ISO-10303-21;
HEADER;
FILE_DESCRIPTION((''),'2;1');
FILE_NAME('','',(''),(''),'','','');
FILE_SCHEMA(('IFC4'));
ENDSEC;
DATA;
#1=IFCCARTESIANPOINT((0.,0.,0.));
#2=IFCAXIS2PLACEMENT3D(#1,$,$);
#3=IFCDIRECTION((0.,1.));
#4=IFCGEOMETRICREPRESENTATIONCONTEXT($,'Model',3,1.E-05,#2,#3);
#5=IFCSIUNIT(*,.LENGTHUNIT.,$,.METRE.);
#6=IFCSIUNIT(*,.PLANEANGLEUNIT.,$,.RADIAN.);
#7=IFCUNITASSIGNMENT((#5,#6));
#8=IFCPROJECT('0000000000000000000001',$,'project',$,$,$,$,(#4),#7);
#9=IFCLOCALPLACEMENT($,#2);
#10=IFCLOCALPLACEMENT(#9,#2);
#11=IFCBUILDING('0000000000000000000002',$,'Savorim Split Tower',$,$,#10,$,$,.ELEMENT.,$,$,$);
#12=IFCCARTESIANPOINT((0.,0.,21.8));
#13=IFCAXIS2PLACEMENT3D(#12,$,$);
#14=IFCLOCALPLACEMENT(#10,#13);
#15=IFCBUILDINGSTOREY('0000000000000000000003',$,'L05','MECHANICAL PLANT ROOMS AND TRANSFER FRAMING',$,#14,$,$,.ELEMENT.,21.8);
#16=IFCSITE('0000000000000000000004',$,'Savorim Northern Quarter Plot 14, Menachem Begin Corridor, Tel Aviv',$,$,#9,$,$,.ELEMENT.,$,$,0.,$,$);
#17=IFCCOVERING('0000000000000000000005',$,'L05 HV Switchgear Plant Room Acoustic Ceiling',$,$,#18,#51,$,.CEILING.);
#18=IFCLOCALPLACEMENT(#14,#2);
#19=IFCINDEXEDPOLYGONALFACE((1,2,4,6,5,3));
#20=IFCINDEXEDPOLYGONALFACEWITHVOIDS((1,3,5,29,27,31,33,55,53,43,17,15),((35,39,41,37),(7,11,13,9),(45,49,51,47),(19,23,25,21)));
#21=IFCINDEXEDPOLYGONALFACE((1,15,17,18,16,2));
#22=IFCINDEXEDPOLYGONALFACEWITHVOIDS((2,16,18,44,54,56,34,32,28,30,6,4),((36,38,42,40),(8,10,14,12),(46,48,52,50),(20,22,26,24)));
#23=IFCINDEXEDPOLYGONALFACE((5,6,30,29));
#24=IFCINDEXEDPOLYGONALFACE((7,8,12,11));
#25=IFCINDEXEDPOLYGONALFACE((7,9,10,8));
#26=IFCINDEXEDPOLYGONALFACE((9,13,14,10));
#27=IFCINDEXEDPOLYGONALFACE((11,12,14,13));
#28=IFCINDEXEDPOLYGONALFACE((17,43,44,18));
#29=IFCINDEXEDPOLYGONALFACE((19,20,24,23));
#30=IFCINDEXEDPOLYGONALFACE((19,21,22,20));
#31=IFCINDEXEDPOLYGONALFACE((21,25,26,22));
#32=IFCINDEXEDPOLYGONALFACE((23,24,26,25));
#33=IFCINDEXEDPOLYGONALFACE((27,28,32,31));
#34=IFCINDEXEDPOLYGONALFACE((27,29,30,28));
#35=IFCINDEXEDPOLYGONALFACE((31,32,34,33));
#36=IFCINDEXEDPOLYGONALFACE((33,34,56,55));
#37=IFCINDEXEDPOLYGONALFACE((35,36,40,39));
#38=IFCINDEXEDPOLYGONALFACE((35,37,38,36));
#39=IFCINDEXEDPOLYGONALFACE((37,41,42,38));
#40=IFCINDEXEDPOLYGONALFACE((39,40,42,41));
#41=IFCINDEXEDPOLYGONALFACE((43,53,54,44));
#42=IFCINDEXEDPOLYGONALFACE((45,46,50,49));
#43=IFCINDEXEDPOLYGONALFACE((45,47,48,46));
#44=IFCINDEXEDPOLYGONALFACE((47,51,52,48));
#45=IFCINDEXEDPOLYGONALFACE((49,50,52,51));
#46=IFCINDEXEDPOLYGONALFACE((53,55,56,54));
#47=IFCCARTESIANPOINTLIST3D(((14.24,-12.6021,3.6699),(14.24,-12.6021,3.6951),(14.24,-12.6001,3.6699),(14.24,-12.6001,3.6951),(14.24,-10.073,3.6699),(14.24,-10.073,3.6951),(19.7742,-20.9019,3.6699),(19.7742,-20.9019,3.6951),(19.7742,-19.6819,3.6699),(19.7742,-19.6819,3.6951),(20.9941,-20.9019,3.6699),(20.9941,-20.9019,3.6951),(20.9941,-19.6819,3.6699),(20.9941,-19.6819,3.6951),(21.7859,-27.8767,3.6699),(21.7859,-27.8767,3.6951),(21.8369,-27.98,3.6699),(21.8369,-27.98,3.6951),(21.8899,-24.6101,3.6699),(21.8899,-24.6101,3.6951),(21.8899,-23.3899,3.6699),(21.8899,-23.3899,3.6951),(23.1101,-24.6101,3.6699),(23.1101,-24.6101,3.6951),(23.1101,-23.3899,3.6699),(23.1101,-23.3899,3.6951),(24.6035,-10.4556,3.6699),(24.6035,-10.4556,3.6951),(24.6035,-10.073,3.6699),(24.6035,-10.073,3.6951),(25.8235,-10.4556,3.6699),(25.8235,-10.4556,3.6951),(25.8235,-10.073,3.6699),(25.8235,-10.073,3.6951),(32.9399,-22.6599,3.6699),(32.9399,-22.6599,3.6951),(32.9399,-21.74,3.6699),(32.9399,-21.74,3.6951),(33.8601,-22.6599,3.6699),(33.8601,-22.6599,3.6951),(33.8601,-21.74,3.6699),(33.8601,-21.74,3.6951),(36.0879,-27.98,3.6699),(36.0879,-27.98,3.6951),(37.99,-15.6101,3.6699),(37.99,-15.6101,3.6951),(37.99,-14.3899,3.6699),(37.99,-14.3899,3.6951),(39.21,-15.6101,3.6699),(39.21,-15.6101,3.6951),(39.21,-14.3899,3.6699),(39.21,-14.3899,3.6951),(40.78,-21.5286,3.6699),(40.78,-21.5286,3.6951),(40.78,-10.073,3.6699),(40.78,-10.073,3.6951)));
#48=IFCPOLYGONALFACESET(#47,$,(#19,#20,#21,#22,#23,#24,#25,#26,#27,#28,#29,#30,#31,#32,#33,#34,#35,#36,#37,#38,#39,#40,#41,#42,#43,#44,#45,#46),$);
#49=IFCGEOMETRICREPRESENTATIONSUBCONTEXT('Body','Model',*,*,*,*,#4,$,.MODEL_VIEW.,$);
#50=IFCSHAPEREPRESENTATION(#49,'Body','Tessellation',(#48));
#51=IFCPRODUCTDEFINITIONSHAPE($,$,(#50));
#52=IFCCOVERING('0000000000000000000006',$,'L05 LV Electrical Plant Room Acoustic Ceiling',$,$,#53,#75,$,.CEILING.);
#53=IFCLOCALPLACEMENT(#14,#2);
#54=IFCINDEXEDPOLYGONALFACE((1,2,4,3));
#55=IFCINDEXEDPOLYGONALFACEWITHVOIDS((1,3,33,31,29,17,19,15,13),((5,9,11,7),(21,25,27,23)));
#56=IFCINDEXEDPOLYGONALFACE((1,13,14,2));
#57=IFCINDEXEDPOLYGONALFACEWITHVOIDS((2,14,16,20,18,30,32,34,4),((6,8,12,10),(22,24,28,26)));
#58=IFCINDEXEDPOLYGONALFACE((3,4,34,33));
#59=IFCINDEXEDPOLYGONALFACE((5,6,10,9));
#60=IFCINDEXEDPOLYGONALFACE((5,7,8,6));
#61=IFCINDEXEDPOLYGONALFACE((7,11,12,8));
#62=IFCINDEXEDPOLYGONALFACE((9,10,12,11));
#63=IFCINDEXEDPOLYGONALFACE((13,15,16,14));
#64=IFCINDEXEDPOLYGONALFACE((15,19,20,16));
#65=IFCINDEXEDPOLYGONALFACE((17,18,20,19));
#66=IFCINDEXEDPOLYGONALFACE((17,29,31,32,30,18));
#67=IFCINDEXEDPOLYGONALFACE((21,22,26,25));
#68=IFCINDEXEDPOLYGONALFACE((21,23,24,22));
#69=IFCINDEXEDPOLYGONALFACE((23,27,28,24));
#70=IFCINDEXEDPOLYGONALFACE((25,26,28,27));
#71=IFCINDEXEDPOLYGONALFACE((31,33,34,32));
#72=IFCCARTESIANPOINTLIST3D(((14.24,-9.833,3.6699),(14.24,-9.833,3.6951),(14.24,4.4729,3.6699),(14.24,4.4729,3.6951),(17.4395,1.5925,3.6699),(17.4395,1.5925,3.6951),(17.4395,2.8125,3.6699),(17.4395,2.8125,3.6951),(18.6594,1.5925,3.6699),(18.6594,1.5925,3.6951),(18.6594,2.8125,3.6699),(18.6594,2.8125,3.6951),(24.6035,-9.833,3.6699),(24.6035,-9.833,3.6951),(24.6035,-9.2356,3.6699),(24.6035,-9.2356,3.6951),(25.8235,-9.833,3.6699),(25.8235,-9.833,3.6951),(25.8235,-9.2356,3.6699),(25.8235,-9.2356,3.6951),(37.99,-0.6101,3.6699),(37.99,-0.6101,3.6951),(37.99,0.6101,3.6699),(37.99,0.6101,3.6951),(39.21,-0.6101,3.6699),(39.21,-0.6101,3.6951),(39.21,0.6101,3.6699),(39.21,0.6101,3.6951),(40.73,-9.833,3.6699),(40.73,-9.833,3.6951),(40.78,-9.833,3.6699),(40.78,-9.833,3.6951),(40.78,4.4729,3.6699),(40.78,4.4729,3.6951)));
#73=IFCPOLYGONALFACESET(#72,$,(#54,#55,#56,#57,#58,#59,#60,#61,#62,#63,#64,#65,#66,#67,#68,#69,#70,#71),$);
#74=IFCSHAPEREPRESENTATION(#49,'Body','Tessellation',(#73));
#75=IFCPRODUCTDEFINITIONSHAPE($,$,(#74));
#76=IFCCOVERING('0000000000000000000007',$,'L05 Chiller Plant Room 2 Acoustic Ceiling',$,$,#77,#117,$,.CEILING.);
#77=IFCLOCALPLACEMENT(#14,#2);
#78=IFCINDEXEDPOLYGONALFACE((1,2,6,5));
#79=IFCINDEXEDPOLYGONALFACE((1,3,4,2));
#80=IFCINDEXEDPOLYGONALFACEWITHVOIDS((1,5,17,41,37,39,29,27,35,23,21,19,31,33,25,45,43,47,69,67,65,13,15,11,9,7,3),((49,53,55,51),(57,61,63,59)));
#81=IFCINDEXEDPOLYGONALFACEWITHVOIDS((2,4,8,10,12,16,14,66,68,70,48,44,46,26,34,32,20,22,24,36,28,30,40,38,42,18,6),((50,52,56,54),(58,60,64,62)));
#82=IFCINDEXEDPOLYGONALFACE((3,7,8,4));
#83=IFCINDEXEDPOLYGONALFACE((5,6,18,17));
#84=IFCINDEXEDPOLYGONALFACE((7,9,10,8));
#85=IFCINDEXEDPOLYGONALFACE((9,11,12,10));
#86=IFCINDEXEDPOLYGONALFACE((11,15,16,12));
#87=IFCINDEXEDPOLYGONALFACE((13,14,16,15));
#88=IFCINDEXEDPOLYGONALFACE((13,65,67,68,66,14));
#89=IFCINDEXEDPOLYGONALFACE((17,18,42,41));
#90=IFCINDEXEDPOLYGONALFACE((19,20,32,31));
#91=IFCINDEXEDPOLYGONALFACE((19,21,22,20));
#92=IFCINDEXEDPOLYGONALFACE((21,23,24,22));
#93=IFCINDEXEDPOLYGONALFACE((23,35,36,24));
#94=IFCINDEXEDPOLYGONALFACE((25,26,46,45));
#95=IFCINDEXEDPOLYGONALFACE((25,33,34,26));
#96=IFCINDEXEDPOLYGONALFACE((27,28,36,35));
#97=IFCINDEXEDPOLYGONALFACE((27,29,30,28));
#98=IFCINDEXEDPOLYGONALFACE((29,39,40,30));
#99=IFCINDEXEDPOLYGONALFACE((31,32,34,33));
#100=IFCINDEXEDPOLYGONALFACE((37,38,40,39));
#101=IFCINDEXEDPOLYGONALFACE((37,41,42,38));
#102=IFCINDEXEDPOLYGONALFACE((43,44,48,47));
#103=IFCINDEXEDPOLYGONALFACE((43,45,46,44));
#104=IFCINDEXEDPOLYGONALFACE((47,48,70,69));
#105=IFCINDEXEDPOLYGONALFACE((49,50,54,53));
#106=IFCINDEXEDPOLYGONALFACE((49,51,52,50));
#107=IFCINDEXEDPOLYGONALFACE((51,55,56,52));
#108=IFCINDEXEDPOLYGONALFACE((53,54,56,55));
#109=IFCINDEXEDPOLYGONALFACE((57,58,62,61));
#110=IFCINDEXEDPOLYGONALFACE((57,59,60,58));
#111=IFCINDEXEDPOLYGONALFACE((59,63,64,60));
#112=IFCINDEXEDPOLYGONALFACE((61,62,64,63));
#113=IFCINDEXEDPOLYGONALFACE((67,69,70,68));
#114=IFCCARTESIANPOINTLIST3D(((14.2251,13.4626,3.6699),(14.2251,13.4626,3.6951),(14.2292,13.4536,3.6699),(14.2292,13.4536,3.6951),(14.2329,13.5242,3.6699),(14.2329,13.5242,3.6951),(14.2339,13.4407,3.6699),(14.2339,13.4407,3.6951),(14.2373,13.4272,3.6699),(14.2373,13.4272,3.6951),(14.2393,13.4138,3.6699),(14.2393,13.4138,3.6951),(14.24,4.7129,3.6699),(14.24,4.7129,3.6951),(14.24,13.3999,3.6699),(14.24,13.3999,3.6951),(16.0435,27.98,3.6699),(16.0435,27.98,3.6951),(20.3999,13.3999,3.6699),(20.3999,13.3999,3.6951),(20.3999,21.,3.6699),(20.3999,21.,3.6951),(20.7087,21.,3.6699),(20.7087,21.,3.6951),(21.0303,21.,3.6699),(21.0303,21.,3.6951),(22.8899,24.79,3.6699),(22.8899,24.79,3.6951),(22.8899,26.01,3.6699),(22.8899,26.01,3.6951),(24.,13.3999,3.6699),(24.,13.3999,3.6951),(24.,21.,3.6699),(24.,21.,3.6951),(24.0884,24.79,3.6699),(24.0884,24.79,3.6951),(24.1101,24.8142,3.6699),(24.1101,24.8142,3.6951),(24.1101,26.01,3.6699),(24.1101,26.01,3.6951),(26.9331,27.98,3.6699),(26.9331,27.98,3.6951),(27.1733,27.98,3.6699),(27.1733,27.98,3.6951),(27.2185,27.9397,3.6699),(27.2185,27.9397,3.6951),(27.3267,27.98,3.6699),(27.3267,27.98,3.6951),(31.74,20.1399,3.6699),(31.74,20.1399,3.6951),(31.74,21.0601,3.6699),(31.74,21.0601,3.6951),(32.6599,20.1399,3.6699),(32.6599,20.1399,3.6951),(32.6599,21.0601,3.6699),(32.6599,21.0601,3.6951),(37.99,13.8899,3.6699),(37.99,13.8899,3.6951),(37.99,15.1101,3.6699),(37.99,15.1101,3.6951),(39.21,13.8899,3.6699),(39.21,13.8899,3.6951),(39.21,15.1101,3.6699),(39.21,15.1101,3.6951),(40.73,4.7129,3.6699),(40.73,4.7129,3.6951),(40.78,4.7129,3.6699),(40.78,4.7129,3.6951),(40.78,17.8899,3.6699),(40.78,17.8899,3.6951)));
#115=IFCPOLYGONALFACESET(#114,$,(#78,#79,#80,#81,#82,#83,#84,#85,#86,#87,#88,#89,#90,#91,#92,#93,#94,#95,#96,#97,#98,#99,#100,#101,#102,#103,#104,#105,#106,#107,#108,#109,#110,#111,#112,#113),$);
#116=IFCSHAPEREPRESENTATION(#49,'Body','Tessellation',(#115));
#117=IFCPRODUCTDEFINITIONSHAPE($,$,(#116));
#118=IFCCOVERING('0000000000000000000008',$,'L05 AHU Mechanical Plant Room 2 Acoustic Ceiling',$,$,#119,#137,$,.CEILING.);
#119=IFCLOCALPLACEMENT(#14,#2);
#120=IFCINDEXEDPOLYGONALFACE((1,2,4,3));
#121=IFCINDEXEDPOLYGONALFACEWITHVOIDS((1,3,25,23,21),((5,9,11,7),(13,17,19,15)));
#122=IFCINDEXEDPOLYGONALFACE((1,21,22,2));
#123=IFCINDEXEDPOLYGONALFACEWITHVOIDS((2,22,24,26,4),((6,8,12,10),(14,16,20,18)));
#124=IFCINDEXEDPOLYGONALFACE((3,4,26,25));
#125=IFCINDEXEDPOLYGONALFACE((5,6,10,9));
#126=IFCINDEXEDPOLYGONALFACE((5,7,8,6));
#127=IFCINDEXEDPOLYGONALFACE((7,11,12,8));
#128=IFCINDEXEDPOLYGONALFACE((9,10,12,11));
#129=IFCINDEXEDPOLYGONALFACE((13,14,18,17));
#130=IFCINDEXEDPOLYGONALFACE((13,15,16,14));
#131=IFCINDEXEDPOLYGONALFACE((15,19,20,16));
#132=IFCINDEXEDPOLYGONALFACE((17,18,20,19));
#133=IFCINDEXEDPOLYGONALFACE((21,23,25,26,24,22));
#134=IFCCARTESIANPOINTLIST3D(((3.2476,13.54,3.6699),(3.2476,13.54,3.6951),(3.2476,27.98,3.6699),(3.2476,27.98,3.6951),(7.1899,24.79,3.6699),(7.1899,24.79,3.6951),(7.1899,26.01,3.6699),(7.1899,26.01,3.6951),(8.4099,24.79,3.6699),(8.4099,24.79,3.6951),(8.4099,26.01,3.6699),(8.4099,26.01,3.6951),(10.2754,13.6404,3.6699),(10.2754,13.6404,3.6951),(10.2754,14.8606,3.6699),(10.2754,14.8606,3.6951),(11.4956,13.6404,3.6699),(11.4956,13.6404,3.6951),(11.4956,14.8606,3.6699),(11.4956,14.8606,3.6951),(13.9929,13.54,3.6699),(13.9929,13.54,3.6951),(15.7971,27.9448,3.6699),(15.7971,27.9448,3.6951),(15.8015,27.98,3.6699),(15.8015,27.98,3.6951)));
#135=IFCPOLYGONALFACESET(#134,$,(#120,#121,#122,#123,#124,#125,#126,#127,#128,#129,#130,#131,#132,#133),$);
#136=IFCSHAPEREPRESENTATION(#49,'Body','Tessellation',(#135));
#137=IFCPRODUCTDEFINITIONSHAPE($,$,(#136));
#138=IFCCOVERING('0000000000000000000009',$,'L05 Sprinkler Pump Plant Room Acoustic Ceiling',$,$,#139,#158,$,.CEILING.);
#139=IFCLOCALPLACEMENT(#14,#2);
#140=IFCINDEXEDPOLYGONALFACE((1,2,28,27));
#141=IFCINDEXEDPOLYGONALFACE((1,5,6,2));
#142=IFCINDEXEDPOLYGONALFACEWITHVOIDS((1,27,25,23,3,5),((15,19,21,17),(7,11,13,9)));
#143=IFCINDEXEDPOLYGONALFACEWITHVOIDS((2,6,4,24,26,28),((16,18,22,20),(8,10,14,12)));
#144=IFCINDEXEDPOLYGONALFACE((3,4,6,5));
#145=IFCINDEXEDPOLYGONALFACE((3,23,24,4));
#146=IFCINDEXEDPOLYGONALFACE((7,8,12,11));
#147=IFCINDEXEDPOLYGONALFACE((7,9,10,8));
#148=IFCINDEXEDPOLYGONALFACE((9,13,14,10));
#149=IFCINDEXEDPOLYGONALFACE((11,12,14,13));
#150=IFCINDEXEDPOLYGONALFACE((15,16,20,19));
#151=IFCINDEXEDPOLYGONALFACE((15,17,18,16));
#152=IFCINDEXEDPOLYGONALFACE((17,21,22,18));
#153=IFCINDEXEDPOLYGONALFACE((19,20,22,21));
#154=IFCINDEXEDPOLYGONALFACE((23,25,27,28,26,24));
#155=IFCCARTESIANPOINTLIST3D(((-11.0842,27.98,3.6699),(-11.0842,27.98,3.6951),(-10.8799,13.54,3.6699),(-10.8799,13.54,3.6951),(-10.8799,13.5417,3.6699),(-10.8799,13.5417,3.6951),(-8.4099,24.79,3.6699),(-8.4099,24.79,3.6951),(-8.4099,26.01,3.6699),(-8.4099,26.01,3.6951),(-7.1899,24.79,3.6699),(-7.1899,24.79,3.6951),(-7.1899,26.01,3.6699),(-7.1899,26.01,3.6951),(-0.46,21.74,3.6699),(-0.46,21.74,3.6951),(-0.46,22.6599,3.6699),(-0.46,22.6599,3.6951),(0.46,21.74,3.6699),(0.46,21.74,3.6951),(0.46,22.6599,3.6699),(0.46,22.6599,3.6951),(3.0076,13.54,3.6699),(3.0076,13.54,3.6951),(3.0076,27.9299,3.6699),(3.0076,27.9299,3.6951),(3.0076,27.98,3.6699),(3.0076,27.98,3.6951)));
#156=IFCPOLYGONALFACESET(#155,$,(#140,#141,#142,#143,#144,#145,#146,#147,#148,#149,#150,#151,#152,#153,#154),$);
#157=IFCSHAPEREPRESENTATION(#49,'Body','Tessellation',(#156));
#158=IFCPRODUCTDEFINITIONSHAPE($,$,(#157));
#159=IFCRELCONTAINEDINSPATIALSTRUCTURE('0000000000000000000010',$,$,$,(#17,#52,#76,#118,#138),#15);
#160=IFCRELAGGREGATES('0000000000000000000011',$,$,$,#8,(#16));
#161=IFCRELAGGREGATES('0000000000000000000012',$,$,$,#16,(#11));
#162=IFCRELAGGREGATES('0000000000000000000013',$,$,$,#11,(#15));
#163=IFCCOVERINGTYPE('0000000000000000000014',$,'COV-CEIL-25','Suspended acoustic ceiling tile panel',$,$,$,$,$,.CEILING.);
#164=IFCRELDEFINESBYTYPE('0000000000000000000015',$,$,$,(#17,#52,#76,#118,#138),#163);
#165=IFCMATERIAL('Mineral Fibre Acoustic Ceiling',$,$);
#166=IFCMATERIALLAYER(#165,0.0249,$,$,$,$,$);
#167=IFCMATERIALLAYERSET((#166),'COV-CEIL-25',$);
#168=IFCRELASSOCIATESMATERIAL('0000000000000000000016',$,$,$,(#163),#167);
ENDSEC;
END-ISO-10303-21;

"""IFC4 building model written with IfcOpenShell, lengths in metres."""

from ifc_helpers import new_model, si_unit, direction, frame, origin, place, context, subcontext, project, spatial, polyline, outline, extrude, material, layer, layer_set, type_object, element, save


model = new_model("IFC4")

# Units and contexts
model_context = context("Model", 3, precision=1e-05, world=origin(), true_north=direction((0.0, 1.0)))
body_context = subcontext(model_context, "Body", "Model", "MODEL_VIEW")
ifc_project = project(units=[si_unit("LENGTHUNIT", "METRE"), si_unit("PLANEANGLEUNIT", "RADIAN")], contexts=[model_context])

# Site, building, storey
site_placement = place(None, origin())
site = spatial("IfcSite", under=ifc_project, at=site_placement, Name="Savorim Northern Quarter Plot 14, Menachem Begin Corridor, Tel Aviv", CompositionType="ELEMENT", RefElevation=0.0)
building_placement = place(site_placement, origin())
building = spatial("IfcBuilding", under=site, at=building_placement, Name="Savorim Split Tower", CompositionType="ELEMENT")
storey_placement = place(building_placement, frame((0.0, 0.0, 21.8)))
storey = spatial("IfcBuildingStorey", under=building, at=storey_placement, Name="L05", Description="MECHANICAL PLANT ROOMS AND TRANSFER FRAMING", CompositionType="ELEMENT", Elevation=21.8)

# Coverings
ifc_material_1 = material(Name="Mineral Fibre Acoustic Ceiling")
ifc_layer_1 = layer(ifc_material_1, 0.0249)
ifc_layer_set_1 = layer_set([ifc_layer_1], Name="COV-CEIL-25")
covering_type_1 = type_object("IfcCoveringType", Name="COV-CEIL-25", Description="Suspended acoustic ceiling tile panel", PredefinedType="CEILING", material=ifc_layer_set_1)
covering_1_placement = place(storey_placement, frame((0.0, 0.0, 3.6699)))
element("IfcCovering", 1, at=covering_1_placement, inside=storey, type_object=covering_type_1, Name="L05 HV Switchgear Plant Room Acoustic Ceiling", PredefinedType="CEILING", context=body_context, shape_type="SweptSolid", body=[
    extrude(outline(polyline([(21.8369, -27.98), (36.0879, -27.98), (40.78, -21.5286), (40.78, -10.073), (25.8235, -10.073), (25.8235, -10.4556), (24.6035, -10.4556), (24.6035, -10.073), (14.24, -10.073), (14.24, -12.6001), (14.24, -12.6021), (21.7859, -27.8767), (21.8369, -27.98)]), holes=[polyline([(37.99, -14.3899), (37.99, -15.6101), (39.21, -15.6101), (39.21, -14.3899), (37.99, -14.3899)]), polyline([(21.8899, -24.6101), (23.1101, -24.6101), (23.1101, -23.3899), (21.8899, -23.3899), (21.8899, -24.6101)]), polyline([(19.7742, -20.9019), (20.9941, -20.9019), (20.9941, -19.6819), (19.7742, -19.6819), (19.7742, -20.9019)]), polyline([(32.9399, -21.74), (32.9399, -22.6599), (33.8601, -22.6599), (33.8601, -21.74), (32.9399, -21.74)])]), origin(), (0.0, 0.0, 1.0), 0.0251),
])
covering_2_placement = place(storey_placement, frame((0.0, 0.0, 3.6699)))
element("IfcCovering", 2, at=covering_2_placement, inside=storey, type_object=covering_type_1, Name="L05 LV Electrical Plant Room Acoustic Ceiling", PredefinedType="CEILING", context=body_context, shape_type="SweptSolid", body=[
    extrude(outline(polyline([(25.8235, -9.833), (40.73, -9.833), (40.78, -9.833), (40.78, 4.4729), (14.24, 4.4729), (14.24, -9.833), (24.6035, -9.833), (24.6035, -9.2356), (25.8235, -9.2356), (25.8235, -9.833)]), holes=[polyline([(37.99, 0.6101), (37.99, -0.6101), (39.21, -0.6101), (39.21, 0.6101), (37.99, 0.6101)]), polyline([(18.6594, 2.8125), (17.4395, 2.8125), (17.4395, 1.5925), (18.6594, 1.5925), (18.6594, 2.8125)])]), origin(), (0.0, 0.0, 1.0), 0.0251),
])
covering_3_placement = place(storey_placement, frame((0.0, 0.0, 3.6699)))
element("IfcCovering", 3, at=covering_3_placement, inside=storey, type_object=covering_type_1, Name="L05 Chiller Plant Room 2 Acoustic Ceiling", PredefinedType="CEILING", context=body_context, shape_type="SweptSolid", body=[
    extrude(outline(polyline([(24.1101, 26.01), (24.1101, 24.8142), (26.9331, 27.98), (16.0435, 27.98), (14.2329, 13.5242), (14.2251, 13.4626), (14.2292, 13.4536), (14.2339, 13.4407), (14.2373, 13.4272), (14.2393, 13.4138), (14.24, 13.3999), (14.24, 4.7129), (40.73, 4.7129), (40.78, 4.7129), (40.78, 17.8899), (27.3267, 27.98), (27.1733, 27.98), (27.2185, 27.9397), (21.0303, 21.0), (24.0, 21.0), (24.0, 13.3999), (20.3999, 13.3999), (20.3999, 21.0), (20.7087, 21.0), (24.0884, 24.79), (22.8899, 24.79), (22.8899, 26.01), (24.1101, 26.01)]), holes=[polyline([(37.99, 13.8899), (39.21, 13.8899), (39.21, 15.1101), (37.99, 15.1101), (37.99, 13.8899)]), polyline([(31.74, 20.1399), (32.6599, 20.1399), (32.6599, 21.0601), (31.74, 21.0601), (31.74, 20.1399)])]), origin(), (0.0, 0.0, 1.0), 0.0251),
])
covering_4_placement = place(storey_placement, frame((0.0, 0.0, 3.6699)))
element("IfcCovering", 4, at=covering_4_placement, inside=storey, type_object=covering_type_1, Name="L05 AHU Mechanical Plant Room 2 Acoustic Ceiling", PredefinedType="CEILING", context=body_context, shape_type="SweptSolid", body=[
    extrude(outline(polyline([(13.9929, 13.54), (15.7971, 27.9448), (15.8015, 27.98), (3.2476, 27.98), (3.2476, 13.54), (13.9929, 13.54)]), holes=[polyline([(7.1899, 24.79), (8.4099, 24.79), (8.4099, 26.01), (7.1899, 26.01), (7.1899, 24.79)]), polyline([(10.2754, 14.8606), (10.2754, 13.6404), (11.4956, 13.6404), (11.4956, 14.8606), (10.2754, 14.8606)])]), origin(), (0.0, 0.0, 1.0), 0.0251),
])
covering_5_placement = place(storey_placement, frame((0.0, 0.0, 3.6699)))
element("IfcCovering", 5, at=covering_5_placement, inside=storey, type_object=covering_type_1, Name="L05 Sprinkler Pump Plant Room Acoustic Ceiling", PredefinedType="CEILING", context=body_context, shape_type="SweptSolid", body=[
    extrude(outline(polyline([(3.0076, 13.54), (3.0076, 27.9299), (3.0076, 27.98), (-11.0842, 27.98), (-10.8799, 13.5417), (-10.8799, 13.54), (3.0076, 13.54)]), holes=[polyline([(-7.1899, 24.79), (-7.1899, 26.01), (-8.4099, 26.01), (-8.4099, 24.79), (-7.1899, 24.79)]), polyline([(-0.46, 22.6599), (-0.46, 21.74), (0.46, 21.74), (0.46, 22.6599), (-0.46, 22.6599)])]), origin(), (0.0, 0.0, 1.0), 0.0251),
])

save(model, "model.ifc")
